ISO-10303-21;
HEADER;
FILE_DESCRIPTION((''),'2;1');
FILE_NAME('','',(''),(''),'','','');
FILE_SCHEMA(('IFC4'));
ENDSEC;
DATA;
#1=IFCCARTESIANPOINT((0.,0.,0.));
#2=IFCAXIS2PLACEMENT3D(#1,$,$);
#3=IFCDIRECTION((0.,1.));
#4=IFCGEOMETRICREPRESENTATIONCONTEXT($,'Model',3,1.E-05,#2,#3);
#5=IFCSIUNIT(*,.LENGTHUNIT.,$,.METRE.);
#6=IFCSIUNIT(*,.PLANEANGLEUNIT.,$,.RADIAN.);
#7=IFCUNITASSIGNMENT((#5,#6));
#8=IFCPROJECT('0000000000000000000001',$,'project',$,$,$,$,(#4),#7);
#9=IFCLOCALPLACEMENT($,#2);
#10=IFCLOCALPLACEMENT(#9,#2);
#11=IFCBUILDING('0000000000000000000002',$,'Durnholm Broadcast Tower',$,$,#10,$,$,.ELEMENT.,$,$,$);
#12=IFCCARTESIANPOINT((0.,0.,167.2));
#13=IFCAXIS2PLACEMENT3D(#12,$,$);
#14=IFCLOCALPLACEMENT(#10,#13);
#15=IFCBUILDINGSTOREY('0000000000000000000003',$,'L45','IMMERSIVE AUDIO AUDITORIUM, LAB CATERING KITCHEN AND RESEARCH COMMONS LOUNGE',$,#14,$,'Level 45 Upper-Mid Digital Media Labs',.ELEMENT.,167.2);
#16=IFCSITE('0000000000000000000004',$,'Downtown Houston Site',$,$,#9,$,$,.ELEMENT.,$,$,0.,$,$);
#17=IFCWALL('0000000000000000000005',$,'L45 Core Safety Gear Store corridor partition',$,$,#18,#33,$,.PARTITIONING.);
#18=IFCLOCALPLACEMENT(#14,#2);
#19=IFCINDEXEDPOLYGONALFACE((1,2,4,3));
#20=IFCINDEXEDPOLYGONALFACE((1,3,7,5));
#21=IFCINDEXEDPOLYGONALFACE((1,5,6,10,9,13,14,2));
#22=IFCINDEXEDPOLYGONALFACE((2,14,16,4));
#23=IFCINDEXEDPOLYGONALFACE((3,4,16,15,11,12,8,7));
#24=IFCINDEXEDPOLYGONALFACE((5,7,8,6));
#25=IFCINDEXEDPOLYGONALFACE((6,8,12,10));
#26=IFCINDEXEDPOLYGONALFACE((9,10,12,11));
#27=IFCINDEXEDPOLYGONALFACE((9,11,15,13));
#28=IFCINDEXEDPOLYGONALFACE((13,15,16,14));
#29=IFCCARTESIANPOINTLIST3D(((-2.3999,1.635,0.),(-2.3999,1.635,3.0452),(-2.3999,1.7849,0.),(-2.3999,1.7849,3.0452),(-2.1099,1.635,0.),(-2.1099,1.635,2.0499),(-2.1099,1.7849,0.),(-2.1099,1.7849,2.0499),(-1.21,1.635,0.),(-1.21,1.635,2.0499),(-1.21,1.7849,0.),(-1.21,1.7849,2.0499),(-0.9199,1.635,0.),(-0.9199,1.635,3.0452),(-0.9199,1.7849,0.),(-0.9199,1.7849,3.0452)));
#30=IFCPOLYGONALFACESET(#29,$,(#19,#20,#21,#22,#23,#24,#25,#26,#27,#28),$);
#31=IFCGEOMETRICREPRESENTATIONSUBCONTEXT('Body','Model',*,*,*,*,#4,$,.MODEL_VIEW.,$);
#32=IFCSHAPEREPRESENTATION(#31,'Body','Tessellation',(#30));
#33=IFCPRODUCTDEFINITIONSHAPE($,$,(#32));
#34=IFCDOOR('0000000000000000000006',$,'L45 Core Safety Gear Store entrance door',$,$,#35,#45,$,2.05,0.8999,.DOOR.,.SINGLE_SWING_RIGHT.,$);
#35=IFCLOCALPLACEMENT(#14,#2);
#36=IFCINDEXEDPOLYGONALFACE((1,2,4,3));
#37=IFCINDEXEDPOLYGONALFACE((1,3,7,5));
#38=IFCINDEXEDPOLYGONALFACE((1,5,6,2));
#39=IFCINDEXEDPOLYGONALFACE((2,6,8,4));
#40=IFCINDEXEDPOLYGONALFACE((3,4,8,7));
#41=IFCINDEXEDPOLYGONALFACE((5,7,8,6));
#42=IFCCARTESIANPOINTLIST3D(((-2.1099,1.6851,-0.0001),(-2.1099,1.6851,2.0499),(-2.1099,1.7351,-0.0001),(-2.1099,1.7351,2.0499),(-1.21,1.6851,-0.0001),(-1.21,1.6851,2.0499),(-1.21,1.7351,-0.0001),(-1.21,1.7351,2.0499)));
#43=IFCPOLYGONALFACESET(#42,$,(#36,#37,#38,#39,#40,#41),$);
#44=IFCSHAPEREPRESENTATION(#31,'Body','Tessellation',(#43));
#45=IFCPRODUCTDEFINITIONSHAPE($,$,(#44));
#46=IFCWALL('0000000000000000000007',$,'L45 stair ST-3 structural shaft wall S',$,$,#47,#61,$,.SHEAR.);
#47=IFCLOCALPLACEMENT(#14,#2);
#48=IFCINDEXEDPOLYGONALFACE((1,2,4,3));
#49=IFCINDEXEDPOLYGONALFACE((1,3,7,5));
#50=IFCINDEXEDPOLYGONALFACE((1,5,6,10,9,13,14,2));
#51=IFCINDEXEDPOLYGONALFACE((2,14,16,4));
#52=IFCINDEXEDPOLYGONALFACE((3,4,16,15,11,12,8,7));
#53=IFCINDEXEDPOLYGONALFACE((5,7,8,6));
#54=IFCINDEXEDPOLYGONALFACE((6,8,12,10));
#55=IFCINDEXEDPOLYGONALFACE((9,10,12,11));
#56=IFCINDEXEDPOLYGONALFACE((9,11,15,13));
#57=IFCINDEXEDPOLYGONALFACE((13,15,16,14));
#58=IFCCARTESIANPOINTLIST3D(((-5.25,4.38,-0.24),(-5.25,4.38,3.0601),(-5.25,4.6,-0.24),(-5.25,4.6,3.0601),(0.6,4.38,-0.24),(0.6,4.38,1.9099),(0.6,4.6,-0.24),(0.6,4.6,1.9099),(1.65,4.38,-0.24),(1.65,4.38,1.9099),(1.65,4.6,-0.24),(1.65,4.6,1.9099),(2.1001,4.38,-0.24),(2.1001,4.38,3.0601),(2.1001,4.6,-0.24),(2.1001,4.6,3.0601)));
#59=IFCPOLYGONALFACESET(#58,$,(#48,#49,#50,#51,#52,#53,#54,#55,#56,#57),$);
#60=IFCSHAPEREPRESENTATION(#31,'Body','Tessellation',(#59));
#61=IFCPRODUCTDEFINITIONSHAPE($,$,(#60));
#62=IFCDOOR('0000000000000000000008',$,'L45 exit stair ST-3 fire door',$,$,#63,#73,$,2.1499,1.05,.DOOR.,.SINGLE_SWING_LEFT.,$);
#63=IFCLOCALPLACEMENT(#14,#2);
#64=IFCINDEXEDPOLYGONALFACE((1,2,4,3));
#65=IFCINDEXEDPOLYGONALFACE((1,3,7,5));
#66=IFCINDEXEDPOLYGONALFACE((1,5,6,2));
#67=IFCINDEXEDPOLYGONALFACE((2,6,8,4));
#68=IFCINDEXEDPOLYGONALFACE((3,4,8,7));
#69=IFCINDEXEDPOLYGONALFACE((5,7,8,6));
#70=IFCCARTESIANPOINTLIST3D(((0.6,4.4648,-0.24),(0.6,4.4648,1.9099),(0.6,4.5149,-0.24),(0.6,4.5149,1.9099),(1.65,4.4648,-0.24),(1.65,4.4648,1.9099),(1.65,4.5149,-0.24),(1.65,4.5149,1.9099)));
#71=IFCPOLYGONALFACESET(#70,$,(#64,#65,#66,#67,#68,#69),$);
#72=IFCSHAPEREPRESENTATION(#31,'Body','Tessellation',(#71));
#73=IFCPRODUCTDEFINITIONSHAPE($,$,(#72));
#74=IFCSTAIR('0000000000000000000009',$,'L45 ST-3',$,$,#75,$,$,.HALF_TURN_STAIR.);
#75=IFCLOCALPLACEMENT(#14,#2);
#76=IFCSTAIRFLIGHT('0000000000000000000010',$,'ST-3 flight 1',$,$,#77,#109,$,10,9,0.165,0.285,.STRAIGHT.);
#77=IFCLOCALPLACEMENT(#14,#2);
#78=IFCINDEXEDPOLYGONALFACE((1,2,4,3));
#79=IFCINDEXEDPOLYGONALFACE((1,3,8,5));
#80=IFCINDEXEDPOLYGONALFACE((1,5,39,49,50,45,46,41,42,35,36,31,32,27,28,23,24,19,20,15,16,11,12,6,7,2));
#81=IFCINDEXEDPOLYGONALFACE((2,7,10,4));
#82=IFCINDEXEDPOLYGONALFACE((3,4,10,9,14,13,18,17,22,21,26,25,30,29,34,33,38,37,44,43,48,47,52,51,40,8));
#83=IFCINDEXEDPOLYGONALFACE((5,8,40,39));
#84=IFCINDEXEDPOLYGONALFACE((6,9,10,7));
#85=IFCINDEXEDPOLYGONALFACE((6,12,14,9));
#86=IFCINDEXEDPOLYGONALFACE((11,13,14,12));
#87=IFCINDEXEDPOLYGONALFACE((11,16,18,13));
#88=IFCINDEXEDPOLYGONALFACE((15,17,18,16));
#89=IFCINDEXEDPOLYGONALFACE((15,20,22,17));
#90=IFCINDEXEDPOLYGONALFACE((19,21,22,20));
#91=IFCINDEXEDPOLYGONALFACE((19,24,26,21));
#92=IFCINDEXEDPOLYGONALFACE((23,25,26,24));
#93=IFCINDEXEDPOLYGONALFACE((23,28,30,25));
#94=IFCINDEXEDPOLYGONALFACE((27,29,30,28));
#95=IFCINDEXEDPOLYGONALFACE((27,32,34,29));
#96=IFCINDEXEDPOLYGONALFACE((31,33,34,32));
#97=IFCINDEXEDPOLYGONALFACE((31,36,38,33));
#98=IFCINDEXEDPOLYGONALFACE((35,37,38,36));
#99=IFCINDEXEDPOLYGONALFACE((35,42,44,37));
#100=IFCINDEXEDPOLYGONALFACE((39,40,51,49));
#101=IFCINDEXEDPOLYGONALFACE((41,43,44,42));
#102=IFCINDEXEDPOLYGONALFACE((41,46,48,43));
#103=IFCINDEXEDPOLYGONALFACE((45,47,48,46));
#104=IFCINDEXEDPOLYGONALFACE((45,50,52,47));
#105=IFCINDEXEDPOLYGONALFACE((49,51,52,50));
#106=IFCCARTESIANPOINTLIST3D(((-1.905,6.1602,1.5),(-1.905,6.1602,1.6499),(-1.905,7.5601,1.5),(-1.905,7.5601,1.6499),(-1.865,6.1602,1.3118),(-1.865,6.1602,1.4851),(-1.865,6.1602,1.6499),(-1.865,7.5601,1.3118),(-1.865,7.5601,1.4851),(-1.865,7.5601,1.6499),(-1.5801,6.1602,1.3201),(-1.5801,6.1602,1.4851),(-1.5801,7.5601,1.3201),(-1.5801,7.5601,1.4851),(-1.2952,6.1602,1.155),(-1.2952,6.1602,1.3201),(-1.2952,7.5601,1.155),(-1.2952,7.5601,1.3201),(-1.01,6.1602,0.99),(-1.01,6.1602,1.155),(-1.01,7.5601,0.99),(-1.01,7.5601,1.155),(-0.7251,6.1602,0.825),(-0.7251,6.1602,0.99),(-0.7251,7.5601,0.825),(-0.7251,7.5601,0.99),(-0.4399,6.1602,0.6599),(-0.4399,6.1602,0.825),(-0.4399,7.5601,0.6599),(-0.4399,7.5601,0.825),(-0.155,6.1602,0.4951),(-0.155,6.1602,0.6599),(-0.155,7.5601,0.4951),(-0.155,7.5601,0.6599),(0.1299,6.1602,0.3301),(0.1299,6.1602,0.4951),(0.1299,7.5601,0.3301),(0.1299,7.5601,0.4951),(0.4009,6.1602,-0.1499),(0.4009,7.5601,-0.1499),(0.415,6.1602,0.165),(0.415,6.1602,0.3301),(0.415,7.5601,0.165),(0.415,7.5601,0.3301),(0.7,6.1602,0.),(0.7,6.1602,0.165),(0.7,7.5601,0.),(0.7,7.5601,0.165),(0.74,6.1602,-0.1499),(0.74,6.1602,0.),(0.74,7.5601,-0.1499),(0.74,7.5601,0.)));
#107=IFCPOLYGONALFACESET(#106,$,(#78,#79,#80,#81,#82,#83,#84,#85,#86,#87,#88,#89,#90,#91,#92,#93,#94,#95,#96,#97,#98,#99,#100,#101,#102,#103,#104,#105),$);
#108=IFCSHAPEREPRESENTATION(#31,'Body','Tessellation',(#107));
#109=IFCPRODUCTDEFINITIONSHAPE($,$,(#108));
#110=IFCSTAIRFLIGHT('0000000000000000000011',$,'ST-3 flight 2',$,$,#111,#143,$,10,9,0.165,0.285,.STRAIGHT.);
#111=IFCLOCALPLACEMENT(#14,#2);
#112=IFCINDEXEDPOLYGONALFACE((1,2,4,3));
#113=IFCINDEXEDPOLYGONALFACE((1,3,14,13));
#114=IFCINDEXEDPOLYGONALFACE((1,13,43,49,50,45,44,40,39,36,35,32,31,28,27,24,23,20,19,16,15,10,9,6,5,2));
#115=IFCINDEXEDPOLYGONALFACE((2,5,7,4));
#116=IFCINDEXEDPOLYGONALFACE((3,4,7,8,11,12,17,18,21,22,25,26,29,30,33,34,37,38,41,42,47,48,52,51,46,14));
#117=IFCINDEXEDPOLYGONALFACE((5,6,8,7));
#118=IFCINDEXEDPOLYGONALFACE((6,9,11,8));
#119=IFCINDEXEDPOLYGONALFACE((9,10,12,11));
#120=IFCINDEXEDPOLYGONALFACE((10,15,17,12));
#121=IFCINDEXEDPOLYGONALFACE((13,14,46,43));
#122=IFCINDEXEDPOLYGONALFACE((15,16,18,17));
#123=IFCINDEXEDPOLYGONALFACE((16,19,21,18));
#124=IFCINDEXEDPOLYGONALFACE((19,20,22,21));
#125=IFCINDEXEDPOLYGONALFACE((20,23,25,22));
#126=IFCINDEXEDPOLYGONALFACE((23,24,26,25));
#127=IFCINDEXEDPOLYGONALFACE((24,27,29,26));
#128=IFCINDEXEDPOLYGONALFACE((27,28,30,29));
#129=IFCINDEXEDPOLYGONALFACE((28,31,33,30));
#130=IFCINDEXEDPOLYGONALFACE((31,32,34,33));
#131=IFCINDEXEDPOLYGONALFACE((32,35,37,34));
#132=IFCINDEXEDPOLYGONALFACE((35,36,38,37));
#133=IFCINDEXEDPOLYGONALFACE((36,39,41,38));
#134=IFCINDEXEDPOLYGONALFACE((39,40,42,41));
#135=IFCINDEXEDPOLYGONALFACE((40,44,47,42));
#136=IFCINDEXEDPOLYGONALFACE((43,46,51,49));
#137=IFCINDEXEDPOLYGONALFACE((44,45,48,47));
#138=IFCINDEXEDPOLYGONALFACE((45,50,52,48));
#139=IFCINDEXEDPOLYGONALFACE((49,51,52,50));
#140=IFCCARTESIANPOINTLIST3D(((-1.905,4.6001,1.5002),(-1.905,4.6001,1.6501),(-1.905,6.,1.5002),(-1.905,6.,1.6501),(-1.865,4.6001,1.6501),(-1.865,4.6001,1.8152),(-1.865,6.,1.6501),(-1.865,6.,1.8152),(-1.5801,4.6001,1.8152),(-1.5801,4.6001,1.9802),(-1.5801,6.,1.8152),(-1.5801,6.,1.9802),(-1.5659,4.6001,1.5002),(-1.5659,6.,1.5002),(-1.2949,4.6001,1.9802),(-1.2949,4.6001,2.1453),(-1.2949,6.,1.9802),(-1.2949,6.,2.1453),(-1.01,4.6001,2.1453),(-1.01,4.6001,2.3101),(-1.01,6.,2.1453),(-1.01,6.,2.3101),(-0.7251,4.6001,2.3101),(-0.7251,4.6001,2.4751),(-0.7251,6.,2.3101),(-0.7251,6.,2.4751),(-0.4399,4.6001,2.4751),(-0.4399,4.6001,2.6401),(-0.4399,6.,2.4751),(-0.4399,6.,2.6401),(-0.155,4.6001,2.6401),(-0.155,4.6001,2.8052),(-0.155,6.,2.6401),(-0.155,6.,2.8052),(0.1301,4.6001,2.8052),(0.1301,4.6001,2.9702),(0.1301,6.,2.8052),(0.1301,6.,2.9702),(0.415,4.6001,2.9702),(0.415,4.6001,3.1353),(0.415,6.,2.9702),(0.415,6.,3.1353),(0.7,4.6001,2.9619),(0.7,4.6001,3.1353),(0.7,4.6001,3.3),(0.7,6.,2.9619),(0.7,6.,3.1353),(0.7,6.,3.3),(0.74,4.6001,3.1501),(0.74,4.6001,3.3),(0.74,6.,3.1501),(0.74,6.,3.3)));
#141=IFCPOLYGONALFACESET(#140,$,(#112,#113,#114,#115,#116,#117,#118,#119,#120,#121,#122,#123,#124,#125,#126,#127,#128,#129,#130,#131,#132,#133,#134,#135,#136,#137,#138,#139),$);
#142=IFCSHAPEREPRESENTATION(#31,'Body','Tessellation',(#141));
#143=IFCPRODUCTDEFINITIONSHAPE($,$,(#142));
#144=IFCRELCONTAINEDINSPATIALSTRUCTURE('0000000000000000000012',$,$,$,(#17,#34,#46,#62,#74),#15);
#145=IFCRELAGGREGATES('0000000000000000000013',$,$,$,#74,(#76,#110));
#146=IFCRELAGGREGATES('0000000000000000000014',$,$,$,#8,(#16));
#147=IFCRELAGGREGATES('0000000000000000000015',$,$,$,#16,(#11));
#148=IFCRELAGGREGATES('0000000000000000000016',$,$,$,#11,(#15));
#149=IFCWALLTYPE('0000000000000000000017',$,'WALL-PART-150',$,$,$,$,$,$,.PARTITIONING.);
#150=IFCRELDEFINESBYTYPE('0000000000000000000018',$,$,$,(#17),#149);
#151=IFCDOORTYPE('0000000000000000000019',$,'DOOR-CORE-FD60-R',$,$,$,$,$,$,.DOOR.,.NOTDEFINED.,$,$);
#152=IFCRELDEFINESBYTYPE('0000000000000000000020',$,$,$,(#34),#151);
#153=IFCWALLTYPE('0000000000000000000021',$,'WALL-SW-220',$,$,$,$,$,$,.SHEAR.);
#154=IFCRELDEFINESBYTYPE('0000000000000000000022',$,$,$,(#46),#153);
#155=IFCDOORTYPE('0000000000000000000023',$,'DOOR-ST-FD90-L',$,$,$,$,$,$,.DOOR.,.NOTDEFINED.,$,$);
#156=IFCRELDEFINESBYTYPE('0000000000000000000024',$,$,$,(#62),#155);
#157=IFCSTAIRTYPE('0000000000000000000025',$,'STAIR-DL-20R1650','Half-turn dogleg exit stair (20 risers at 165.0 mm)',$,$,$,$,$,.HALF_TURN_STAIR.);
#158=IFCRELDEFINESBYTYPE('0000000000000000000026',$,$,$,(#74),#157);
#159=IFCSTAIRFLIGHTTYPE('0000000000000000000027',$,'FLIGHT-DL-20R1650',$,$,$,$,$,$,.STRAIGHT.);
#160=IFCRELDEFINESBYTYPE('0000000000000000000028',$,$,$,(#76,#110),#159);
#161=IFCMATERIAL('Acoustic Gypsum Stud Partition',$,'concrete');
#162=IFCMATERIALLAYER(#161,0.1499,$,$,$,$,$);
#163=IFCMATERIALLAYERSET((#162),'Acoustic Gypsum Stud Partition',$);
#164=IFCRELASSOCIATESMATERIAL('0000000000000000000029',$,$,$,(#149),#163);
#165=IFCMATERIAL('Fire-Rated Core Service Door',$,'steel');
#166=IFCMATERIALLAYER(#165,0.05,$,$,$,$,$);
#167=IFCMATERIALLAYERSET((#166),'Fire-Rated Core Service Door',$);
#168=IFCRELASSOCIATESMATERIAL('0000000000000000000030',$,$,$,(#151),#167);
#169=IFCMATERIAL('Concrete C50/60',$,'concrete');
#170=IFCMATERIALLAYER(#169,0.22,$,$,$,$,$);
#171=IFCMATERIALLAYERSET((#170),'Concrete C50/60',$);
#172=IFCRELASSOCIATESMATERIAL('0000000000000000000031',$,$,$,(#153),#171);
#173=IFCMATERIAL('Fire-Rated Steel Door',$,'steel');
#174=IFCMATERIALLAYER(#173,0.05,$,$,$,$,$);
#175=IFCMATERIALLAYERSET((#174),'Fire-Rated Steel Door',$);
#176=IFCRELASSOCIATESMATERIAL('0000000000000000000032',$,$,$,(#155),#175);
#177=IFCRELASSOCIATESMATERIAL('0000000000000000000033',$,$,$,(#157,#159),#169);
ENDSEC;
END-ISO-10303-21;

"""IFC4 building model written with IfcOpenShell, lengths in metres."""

from ifc_helpers import new_model, si_unit, direction, frame, frame_2d, origin, place, context, subcontext, project, spatial, polyline, rectangle, outline, extrude, source, transform, mapped, material, layer, layer_set, type_object, type_shapes, element, fill, aggregate, save


model = new_model("IFC4")

# Units and contexts
model_context = context("Model", 3, precision=1e-05, world=origin(), true_north=direction((0.0, 1.0)))
body_context = subcontext(model_context, "Body", "Model", "MODEL_VIEW")
ifc_project = project(units=[si_unit("LENGTHUNIT", "METRE"), si_unit("PLANEANGLEUNIT", "RADIAN")], contexts=[model_context])

# Site, building, storey
site_placement = place(None, origin())
site = spatial("IfcSite", under=ifc_project, at=site_placement, Name="Downtown Houston Site", CompositionType="ELEMENT", RefElevation=0.0)
building_placement = place(site_placement, origin())
building = spatial("IfcBuilding", under=site, at=building_placement, Name="Durnholm Broadcast Tower", CompositionType="ELEMENT")
storey_placement = place(building_placement, frame((0.0, 0.0, 167.2)))
storey = spatial("IfcBuildingStorey", under=building, at=storey_placement, Name="L45", Description="IMMERSIVE AUDIO AUDITORIUM, LAB CATERING KITCHEN AND RESEARCH COMMONS LOUNGE", LongName="Level 45 Upper-Mid Digital Media Labs", CompositionType="ELEMENT", Elevation=167.2)

# Shared definitions
ifc_material_1 = material(Name="Fire-Rated Core Service Door", Category="steel")

# Walls, openings, doors
ifc_material_2 = material(Name="Acoustic Gypsum Stud Partition", Category="concrete")
ifc_layer_1 = layer(ifc_material_2, 0.1499)
ifc_layer_set_1 = layer_set([ifc_layer_1], Name="Acoustic Gypsum Stud Partition")
wall_type_1 = type_object("IfcWallType", Name="WALL-PART-150", PredefinedType="PARTITIONING", material=ifc_layer_set_1)
ifc_layer_2 = layer(ifc_material_1, 0.05)
ifc_layer_set_2 = layer_set([ifc_layer_2], Name="Fire-Rated Core Service Door")
door_type_1 = type_object("IfcDoorType", Name="DOOR-CORE-FD60-R", OperationType="NOTDEFINED", PredefinedType="DOOR", material=ifc_layer_set_2)
shared_shape_1 = source(origin(), body_context, "Body", "SweptSolid", [
    extrude(rectangle(XDim=0.8999, YDim=2.05, at=frame_2d((0.45, 1.0249))), frame((0.0, 0.0249, 0.0), z_axis=(0.0, -1.0, 0.0), x_axis=(1.0, 0.0, 0.0)), (0.0, 0.0, 1.0), 0.05),
])
type_shapes(door_type_1, [shared_shape_1])
wall_1_placement = place(storey_placement, frame((-0.9199, 1.71, 0.0), z_axis=(0.0, 0.0, 1.0), x_axis=(-1.0, 0.0, 0.0)))
wall_1 = element("IfcWall", 1, at=wall_1_placement, inside=storey, type_object=wall_type_1, Name="L45 Core Safety Gear Store corridor partition", PredefinedType="PARTITIONING", context=body_context, shape_type="SweptSolid", body=[
    extrude(rectangle(XDim=1.48, YDim=0.1499, at=frame_2d((0.74, 0.0))), origin(), (0.0, 0.0, 1.0), 3.0452),
])
opening_1_placement = place(wall_1_placement, frame((0.29, 0.0, 0.0)))
opening_1 = element("IfcOpeningElement", 2, at=opening_1_placement, cuts=wall_1, PredefinedType="OPENING", context=body_context, shape_type="SweptSolid", body=[
    extrude(rectangle(XDim=0.8999, YDim=2.05, at=frame_2d((0.45, 1.0249))), frame((0.0, 0.085, 0.0), z_axis=(0.0, -1.0, 0.0), x_axis=(1.0, 0.0, 0.0)), (0.0, 0.0, 1.0), 0.1699),
])
door_1_placement = place(opening_1_placement, origin())
door_1 = element("IfcDoor", 3, at=door_1_placement, inside=storey, type_object=door_type_1, Name="L45 Core Safety Gear Store entrance door", OperationType="SINGLE_SWING_RIGHT", OverallHeight=2.05, OverallWidth=0.8999, PredefinedType="DOOR", context=body_context, shape_type="MappedRepresentation", body=[
    mapped(shared_shape_1, transform((0.0, 0.0, 0.0), x_axis=(1.0, 0.0, 0.0), y_axis=(0.0, 1.0, 0.0), z_axis=(0.0, 0.0, 1.0), scale=1.0)),
])
fill(opening_1, door_1)
ifc_material_3 = material(Name="Concrete C50/60", Category="concrete")
ifc_layer_3 = layer(ifc_material_3, 0.22)
ifc_layer_set_3 = layer_set([ifc_layer_3], Name="Concrete C50/60")
wall_type_2 = type_object("IfcWallType", Name="WALL-SW-220", PredefinedType="SHEAR", material=ifc_layer_set_3)
wall_2_placement = place(storey_placement, frame((-5.25, 4.49, -0.24), z_axis=(0.0, 0.0, 1.0), x_axis=(1.0, 0.0, 0.0)))
wall_2 = element("IfcWall", 4, at=wall_2_placement, inside=storey, type_object=wall_type_2, Name="L45 stair ST-3 structural shaft wall S", PredefinedType="SHEAR", context=body_context, shape_type="SweptSolid", body=[
    extrude(rectangle(XDim=7.3501, YDim=0.22, at=frame_2d((3.675, 0.0))), origin(), (0.0, 0.0, 1.0), 3.3),
])
opening_2_placement = place(wall_2_placement, frame((5.8501, 0.0, 0.0)))
opening_2 = element("IfcOpeningElement", 5, at=opening_2_placement, cuts=wall_2, PredefinedType="OPENING", context=body_context, shape_type="SweptSolid", body=[
    extrude(rectangle(XDim=1.05, YDim=2.1499, at=frame_2d((0.5249, 1.075))), frame((0.0, 0.1201, 0.0), z_axis=(0.0, -1.0, 0.0), x_axis=(1.0, 0.0, 0.0)), (0.0, 0.0, 1.0), 0.24),
])
ifc_material_4 = material(Name="Fire-Rated Steel Door", Category="steel")
ifc_layer_4 = layer(ifc_material_4, 0.05)
ifc_layer_set_4 = layer_set([ifc_layer_4], Name="Fire-Rated Steel Door")
door_type_2 = type_object("IfcDoorType", Name="DOOR-ST-FD90-L", OperationType="NOTDEFINED", PredefinedType="DOOR", material=ifc_layer_set_4)
shared_shape_2 = source(origin(), body_context, "Body", "SweptSolid", [
    extrude(rectangle(XDim=1.05, YDim=2.1499, at=frame_2d((0.5249, 1.075))), frame((0.0, 0.0249, 0.0), z_axis=(0.0, -1.0, 0.0), x_axis=(1.0, 0.0, 0.0)), (0.0, 0.0, 1.0), 0.05),
])
type_shapes(door_type_2, [shared_shape_2])
door_2_placement = place(opening_2_placement, origin())
door_2 = element("IfcDoor", 6, at=door_2_placement, inside=storey, type_object=door_type_2, Name="L45 exit stair ST-3 fire door", OperationType="SINGLE_SWING_LEFT", OverallHeight=2.1499, OverallWidth=1.05, PredefinedType="DOOR", context=body_context, shape_type="MappedRepresentation", body=[
    mapped(shared_shape_2, transform((0.0, 0.0, 0.0), x_axis=(1.0, 0.0, 0.0), y_axis=(0.0, 1.0, 0.0), z_axis=(0.0, 0.0, 1.0), scale=1.0)),
])
fill(opening_2, door_2)

# Stair, stair flights
stair_type = type_object("IfcStairType", Name="STAIR-DL-20R1650", Description="Half-turn dogleg exit stair (20 risers at 165.0 mm)", PredefinedType="HALF_TURN_STAIR", material=ifc_material_3)
stair_placement = place(storey_placement, origin())
stair = element("IfcStair", 7, at=stair_placement, inside=storey, type_object=stair_type, Name="L45 ST-3", PredefinedType="HALF_TURN_STAIR")
stair_flight_type = type_object("IfcStairFlightType", Name="FLIGHT-DL-20R1650", PredefinedType="STRAIGHT", material=ifc_material_3)
stair_flight_1_placement = place(storey_placement, frame((0.7, 6.8601, 0.0), z_axis=(0.0, 0.0, 1.0), x_axis=(-1.0, 0.0, 0.0)))
stair_flight_1 = element("IfcStairFlight", 8, at=stair_flight_1_placement, type_object=stair_flight_type, Name="ST-3 flight 1", NumberOfRisers=10, NumberOfTreads=9, PredefinedType="STRAIGHT", RiserHeight=0.165, TreadLength=0.285, context=body_context, shape_type="SweptSolid", body=[
    extrude(outline(polyline([(-0.04, -0.1499), (-0.04, 0.0), (0.0, 0.0), (0.0, 0.165), (0.2849, 0.165), (0.2849, 0.3301), (0.5701, 0.3301), (0.5701, 0.4951), (0.855, 0.4951), (0.855, 0.6599), (1.1399, 0.6599), (1.1399, 0.825), (1.425, 0.825), (1.425, 0.99), (1.71, 0.99), (1.71, 1.155), (1.9951, 1.155), (1.9951, 1.3201), (2.28, 1.3201), (2.28, 1.4851), (2.5649, 1.4851), (2.5649, 1.6499), (2.605, 1.6499), (2.605, 1.5), (2.5649, 1.3118), (0.2991, -0.1499), (-0.04, -0.1499)])), frame((0.0, 0.7, 0.0), z_axis=(0.0, -1.0, 0.0), x_axis=(1.0, 0.0, 0.0)), (0.0, 0.0, 1.0), 1.3999),
])
stair_flight_2_placement = place(storey_placement, frame((-1.865, 5.3, 1.6501), z_axis=(0.0, 0.0, 1.0), x_axis=(1.0, 0.0, 0.0)))
stair_flight_2 = element("IfcStairFlight", 9, at=stair_flight_2_placement, type_object=stair_flight_type, Name="ST-3 flight 2", NumberOfRisers=10, NumberOfTreads=9, PredefinedType="STRAIGHT", RiserHeight=0.165, TreadLength=0.285, context=body_context, shape_type="SweptSolid", body=[
    extrude(outline(polyline([(-0.04, -0.1499), (-0.04, 0.0), (0.0, 0.0), (0.0, 0.165), (0.2849, 0.165), (0.2849, 0.3301), (0.5701, 0.3301), (0.5701, 0.4951), (0.855, 0.4951), (0.855, 0.6599), (1.1399, 0.6599), (1.1399, 0.825), (1.425, 0.825), (1.425, 0.99), (1.71, 0.99), (1.71, 1.155), (1.9951, 1.155), (1.9951, 1.3201), (2.28, 1.3201), (2.28, 1.4851), (2.5649, 1.4851), (2.5649, 1.6499), (2.605, 1.6499), (2.605, 1.5), (2.5649, 1.3118), (0.2991, -0.1499), (-0.04, -0.1499)])), frame((0.0, 0.7, 0.0), z_axis=(0.0, -1.0, 0.0), x_axis=(1.0, 0.0, 0.0)), (0.0, 0.0, 1.0), 1.3999),
])
aggregate(stair, [stair_flight_1, stair_flight_2])

save(model, "model.ifc")
